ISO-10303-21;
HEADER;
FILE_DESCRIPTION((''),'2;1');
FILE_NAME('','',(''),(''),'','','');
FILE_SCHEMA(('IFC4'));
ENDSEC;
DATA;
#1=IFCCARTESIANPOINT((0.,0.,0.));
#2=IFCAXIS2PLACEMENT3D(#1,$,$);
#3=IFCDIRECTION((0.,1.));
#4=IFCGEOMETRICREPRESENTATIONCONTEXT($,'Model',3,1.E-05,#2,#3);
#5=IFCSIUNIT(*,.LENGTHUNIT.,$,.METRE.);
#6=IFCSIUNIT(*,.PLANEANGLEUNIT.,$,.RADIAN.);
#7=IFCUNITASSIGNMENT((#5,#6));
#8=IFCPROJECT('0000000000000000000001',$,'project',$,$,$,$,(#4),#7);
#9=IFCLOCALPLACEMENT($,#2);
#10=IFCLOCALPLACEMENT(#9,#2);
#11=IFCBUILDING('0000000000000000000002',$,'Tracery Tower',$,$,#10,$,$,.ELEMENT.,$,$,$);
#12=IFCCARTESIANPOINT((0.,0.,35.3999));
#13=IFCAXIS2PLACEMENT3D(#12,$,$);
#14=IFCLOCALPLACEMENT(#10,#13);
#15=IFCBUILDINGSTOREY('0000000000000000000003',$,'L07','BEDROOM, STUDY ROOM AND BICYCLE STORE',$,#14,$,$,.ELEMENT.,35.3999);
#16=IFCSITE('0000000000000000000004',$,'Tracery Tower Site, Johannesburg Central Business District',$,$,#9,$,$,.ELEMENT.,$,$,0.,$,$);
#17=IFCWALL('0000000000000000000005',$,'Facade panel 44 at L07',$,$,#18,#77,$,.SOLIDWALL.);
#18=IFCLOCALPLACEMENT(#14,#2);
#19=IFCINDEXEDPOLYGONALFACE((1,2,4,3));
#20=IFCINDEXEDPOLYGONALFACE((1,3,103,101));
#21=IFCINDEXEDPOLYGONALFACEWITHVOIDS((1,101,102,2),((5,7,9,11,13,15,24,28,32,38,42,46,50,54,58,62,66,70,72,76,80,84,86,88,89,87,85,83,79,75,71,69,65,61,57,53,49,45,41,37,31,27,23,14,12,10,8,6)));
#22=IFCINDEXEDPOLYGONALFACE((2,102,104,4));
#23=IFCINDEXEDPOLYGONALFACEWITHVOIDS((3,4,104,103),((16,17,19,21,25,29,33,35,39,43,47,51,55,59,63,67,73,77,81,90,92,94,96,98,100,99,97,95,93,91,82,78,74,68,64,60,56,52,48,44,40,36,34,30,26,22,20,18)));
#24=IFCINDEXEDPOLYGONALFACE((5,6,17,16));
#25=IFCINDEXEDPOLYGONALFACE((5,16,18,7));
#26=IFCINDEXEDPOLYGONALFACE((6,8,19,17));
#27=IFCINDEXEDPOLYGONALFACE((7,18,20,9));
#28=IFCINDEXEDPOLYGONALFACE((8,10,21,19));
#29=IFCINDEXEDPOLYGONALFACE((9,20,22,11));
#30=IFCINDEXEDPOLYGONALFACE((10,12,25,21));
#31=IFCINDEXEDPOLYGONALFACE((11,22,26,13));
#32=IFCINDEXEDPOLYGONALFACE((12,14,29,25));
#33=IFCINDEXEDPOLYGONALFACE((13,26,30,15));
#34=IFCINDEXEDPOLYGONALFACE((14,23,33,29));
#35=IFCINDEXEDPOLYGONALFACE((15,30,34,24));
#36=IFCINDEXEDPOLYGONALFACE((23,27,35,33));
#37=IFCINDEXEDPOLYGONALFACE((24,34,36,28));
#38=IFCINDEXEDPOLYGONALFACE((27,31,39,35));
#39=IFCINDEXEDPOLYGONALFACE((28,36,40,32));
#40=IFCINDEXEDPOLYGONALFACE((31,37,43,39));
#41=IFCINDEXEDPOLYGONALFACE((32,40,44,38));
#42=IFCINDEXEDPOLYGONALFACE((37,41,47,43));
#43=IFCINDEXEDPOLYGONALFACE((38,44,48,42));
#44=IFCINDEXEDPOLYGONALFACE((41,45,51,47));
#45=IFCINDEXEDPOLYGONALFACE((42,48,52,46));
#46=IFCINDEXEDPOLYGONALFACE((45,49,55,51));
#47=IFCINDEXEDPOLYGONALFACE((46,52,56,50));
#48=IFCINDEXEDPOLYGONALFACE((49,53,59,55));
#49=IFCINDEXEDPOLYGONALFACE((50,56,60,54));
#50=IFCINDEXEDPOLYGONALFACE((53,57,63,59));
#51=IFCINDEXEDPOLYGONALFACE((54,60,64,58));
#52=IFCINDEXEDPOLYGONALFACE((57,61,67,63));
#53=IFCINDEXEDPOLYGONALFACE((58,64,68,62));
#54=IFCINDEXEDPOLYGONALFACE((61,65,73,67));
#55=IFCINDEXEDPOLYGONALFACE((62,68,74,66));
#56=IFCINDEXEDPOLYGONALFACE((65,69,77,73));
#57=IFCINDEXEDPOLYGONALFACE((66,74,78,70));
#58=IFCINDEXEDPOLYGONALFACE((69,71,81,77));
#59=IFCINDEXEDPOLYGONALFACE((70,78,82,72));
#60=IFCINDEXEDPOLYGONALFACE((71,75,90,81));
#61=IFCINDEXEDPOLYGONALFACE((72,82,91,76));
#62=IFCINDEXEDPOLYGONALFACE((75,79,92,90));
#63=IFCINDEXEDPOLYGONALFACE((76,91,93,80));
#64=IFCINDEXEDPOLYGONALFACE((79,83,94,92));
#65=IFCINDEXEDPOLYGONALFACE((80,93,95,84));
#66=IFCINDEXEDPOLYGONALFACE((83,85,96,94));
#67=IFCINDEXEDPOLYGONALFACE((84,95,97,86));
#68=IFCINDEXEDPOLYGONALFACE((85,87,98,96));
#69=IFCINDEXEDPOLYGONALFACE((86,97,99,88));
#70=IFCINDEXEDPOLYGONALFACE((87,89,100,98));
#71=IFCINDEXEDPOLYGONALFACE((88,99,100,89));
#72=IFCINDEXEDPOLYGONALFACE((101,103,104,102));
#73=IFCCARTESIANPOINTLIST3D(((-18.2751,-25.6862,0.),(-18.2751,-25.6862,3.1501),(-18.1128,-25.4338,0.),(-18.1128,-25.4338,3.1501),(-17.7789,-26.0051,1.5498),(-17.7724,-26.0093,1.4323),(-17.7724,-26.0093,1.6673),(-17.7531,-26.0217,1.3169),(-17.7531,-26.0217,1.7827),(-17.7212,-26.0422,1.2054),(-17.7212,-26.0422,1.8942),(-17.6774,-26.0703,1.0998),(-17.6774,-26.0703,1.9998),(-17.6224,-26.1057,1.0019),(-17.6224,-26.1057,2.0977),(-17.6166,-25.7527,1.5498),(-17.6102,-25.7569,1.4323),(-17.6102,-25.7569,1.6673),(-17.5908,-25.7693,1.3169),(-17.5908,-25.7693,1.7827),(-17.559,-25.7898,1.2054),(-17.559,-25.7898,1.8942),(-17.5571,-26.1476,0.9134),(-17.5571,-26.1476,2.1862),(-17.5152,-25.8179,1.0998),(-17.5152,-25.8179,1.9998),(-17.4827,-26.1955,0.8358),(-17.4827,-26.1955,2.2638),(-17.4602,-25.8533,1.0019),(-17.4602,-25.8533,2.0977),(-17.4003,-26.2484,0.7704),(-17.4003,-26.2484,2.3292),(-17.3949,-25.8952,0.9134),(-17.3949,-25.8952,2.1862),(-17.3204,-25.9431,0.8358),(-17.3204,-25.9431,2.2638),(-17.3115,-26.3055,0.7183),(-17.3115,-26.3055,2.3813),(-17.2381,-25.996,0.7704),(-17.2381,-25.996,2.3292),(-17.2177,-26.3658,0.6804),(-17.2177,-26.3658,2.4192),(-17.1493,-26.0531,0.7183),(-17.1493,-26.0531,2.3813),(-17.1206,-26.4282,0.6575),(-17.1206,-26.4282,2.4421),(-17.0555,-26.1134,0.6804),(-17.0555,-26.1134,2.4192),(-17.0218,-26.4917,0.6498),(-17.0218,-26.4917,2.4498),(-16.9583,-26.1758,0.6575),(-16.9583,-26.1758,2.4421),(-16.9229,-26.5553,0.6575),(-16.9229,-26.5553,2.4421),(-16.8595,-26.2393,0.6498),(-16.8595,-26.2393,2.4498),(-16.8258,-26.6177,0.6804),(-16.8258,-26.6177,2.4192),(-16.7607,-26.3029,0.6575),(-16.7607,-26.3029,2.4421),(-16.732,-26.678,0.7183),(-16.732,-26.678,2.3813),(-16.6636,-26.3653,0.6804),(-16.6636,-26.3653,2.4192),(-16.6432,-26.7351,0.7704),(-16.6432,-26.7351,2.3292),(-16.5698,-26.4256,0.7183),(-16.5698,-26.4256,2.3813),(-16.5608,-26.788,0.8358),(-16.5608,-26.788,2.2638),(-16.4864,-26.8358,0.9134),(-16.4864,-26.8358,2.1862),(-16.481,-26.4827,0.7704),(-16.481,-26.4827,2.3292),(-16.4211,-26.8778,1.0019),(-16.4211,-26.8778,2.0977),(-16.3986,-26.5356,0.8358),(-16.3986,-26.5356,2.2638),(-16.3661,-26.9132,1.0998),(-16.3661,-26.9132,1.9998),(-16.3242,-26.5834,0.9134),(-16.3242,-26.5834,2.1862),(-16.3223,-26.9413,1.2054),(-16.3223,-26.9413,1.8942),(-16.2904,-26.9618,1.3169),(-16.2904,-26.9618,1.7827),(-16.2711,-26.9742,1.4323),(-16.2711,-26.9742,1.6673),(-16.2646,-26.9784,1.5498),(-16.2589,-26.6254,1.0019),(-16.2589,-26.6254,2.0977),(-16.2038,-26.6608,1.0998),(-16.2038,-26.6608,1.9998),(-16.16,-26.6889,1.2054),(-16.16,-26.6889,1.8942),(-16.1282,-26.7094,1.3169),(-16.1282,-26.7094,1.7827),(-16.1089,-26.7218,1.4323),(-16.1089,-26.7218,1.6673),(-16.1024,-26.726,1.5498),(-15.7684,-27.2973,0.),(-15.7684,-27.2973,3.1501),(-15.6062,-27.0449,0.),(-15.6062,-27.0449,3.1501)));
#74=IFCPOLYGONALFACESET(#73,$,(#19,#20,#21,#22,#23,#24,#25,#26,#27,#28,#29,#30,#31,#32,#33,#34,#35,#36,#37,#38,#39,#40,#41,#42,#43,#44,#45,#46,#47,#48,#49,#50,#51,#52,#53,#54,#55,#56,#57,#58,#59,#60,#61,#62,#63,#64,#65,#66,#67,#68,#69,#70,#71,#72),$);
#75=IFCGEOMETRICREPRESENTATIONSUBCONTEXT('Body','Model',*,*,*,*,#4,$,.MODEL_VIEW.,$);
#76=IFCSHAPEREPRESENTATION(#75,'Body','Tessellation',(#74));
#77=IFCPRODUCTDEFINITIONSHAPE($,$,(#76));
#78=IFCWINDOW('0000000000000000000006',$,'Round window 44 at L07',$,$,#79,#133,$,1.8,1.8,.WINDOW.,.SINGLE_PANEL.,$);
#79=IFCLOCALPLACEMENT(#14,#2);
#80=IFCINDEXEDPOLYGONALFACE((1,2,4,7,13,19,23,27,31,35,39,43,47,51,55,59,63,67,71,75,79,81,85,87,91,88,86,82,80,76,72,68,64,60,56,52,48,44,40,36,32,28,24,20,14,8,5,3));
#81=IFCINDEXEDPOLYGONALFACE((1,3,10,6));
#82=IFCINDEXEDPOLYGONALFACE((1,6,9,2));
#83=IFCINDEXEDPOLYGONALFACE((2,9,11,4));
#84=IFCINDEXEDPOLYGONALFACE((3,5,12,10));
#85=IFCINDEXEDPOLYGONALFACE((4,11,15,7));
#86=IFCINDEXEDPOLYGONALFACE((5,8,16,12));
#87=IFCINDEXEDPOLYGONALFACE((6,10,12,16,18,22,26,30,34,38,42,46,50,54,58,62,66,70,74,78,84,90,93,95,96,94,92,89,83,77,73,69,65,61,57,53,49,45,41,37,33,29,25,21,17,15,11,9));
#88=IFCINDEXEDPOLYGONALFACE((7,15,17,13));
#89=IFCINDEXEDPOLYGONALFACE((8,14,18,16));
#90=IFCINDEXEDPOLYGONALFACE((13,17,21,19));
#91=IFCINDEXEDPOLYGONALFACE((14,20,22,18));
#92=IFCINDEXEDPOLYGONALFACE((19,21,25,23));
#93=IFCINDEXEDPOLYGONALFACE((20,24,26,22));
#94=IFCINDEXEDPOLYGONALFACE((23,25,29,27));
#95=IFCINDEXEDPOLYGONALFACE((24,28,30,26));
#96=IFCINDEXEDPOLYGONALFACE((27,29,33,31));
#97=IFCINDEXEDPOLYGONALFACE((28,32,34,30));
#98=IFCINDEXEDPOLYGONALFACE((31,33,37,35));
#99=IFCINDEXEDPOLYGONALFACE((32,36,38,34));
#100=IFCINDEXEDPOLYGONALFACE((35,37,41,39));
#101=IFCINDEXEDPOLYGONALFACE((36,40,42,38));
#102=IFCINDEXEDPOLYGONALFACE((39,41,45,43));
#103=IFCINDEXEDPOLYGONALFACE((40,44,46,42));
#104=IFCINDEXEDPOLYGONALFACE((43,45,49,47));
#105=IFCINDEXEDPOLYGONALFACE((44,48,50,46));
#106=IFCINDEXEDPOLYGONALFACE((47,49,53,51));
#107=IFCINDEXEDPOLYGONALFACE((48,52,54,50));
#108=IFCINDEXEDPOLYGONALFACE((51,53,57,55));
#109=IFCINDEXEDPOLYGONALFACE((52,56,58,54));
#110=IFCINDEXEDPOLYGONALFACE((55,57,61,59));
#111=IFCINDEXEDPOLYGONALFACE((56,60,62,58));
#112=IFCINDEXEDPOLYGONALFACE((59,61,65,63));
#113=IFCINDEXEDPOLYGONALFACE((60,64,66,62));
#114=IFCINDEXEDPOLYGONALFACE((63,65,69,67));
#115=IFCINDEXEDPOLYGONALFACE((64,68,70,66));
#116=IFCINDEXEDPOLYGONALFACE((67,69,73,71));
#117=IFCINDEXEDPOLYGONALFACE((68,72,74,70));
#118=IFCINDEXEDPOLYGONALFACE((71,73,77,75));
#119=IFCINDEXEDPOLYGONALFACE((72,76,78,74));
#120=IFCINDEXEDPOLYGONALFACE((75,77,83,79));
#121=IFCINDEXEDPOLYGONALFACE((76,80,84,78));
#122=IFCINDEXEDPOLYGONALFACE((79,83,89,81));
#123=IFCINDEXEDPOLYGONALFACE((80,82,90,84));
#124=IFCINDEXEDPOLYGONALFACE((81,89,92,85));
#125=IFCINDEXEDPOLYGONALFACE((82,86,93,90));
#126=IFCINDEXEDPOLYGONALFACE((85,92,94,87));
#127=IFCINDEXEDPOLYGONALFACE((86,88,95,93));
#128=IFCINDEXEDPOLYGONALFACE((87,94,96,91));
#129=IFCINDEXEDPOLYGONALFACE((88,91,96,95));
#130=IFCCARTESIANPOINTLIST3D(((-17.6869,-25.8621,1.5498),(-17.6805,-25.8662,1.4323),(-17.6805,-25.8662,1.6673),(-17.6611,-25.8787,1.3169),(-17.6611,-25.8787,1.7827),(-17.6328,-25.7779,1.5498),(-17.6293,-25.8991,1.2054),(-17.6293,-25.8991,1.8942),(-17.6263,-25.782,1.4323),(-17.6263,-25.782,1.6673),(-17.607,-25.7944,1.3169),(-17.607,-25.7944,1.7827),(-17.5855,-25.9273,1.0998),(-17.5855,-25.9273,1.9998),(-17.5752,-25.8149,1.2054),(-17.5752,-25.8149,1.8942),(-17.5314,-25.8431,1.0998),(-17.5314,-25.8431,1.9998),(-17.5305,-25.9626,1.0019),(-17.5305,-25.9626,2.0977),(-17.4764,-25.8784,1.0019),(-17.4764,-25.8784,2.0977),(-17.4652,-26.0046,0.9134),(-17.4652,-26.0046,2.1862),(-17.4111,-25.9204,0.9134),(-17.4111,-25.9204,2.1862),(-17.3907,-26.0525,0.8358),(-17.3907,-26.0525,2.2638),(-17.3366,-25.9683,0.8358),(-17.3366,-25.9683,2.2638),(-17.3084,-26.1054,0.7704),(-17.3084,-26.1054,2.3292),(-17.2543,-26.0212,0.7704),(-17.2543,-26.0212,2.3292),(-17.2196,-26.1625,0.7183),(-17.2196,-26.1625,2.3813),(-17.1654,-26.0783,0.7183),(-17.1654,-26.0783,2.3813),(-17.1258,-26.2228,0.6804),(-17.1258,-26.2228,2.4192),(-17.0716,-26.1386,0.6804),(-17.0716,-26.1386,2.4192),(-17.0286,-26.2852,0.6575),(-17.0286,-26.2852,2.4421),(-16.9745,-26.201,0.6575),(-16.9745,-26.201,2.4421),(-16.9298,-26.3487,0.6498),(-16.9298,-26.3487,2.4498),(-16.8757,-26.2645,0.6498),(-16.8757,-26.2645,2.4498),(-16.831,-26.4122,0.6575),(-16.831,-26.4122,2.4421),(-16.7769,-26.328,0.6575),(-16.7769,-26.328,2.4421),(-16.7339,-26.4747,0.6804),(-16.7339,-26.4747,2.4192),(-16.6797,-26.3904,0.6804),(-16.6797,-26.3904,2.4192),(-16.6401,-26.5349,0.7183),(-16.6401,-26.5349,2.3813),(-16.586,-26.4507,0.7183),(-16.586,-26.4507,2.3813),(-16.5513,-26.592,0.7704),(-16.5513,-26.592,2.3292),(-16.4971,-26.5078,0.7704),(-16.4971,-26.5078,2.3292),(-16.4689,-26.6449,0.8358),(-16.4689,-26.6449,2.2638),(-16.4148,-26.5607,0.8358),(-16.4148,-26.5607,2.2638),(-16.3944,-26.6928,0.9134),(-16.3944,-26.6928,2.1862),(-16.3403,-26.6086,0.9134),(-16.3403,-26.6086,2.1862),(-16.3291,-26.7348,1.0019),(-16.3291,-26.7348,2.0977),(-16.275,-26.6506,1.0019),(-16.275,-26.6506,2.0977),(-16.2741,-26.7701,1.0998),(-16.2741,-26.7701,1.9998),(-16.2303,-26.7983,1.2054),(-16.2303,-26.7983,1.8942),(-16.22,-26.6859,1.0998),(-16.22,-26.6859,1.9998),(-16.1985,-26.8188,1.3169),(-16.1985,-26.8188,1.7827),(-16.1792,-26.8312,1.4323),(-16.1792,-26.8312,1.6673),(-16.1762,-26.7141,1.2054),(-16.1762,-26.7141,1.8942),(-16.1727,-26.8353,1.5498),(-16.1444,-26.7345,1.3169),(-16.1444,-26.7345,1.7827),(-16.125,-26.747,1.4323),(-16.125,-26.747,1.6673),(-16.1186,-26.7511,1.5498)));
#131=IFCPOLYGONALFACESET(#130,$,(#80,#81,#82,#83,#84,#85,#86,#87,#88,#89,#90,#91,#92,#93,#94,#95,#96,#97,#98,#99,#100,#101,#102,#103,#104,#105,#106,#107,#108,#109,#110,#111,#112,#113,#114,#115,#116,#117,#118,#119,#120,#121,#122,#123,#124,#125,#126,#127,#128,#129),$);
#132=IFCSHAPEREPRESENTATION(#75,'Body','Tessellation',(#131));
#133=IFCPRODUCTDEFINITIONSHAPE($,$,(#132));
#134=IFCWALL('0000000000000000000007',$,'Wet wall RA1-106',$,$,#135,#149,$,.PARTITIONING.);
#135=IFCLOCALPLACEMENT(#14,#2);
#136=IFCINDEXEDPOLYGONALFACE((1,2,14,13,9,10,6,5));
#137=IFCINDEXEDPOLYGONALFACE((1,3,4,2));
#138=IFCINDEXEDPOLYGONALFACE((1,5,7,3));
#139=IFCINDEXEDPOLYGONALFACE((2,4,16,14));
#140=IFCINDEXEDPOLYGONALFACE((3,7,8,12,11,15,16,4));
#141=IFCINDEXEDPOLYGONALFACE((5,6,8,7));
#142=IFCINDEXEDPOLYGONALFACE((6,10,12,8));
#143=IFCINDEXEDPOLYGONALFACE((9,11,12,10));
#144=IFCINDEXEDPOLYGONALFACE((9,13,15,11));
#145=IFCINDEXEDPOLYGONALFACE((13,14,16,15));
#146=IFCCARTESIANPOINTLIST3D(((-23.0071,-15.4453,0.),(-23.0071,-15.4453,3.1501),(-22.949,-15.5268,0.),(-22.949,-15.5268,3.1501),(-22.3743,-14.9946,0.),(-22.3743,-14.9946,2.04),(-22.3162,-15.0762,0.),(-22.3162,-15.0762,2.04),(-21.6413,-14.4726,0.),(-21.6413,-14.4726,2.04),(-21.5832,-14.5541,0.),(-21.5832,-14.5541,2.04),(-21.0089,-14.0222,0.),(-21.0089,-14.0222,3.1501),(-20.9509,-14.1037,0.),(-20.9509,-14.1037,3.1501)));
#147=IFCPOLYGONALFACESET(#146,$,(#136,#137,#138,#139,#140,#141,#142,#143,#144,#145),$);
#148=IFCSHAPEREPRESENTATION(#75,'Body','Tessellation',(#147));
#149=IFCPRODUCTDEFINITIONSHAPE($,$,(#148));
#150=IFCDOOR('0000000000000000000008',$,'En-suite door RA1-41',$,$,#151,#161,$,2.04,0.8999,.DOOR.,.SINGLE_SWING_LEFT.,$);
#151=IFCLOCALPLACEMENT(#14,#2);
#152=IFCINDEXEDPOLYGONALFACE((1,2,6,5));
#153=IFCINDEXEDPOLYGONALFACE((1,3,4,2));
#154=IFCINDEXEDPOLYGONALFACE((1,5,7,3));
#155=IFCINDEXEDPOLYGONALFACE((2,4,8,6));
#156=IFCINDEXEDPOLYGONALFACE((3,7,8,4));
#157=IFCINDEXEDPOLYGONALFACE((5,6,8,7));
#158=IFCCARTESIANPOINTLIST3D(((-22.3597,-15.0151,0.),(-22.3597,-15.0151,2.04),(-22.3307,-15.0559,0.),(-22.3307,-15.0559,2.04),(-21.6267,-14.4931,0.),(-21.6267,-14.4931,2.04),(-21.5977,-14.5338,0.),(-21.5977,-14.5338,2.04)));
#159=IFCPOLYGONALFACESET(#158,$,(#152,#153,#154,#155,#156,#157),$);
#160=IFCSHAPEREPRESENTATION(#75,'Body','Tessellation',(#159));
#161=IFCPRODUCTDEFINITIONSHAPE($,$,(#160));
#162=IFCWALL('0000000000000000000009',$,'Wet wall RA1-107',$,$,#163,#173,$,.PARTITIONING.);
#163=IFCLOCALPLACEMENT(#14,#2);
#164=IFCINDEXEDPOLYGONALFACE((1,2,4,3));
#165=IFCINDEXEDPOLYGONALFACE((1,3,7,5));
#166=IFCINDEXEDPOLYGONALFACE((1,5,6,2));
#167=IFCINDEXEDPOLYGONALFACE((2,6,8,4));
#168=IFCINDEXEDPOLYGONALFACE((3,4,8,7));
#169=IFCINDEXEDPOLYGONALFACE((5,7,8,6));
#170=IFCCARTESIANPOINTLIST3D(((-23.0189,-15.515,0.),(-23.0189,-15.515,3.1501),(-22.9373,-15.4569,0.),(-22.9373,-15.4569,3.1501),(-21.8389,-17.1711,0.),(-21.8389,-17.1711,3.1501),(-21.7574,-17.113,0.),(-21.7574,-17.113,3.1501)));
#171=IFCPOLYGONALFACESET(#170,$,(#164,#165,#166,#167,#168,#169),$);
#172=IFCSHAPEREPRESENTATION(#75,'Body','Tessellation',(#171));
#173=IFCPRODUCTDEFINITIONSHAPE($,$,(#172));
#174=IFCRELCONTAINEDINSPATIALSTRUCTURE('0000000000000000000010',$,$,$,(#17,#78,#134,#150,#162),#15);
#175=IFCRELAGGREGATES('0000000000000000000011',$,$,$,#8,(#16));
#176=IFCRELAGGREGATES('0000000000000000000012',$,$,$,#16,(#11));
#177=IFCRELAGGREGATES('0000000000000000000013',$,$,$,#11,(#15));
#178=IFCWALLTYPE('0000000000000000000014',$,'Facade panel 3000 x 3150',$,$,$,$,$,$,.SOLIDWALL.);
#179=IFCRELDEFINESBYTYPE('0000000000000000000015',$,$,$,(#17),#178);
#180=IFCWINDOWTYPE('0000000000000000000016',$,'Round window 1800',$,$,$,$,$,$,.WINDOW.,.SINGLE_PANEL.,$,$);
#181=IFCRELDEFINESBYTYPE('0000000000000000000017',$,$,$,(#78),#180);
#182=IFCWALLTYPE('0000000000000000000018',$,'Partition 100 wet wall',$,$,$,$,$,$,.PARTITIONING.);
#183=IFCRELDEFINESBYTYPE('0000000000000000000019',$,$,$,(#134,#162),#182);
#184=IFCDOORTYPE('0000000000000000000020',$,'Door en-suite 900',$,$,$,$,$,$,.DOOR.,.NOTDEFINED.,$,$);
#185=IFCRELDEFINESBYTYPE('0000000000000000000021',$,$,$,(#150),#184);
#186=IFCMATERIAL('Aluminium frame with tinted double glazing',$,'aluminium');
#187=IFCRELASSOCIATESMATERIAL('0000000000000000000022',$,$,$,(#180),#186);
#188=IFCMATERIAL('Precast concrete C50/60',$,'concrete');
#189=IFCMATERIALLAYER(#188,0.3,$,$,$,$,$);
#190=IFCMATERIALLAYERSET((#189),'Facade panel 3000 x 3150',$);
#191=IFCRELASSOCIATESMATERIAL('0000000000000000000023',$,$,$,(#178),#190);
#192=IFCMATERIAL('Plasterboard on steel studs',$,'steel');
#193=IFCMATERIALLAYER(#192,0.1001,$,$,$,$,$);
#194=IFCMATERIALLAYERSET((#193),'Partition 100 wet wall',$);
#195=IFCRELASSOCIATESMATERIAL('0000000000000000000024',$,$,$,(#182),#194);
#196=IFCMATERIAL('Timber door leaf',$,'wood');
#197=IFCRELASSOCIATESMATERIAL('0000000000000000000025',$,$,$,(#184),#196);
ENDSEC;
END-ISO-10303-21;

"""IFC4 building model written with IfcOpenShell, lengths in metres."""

from ifc_helpers import new_model, si_unit, direction, frame, frame_2d, origin, origin_2d, place, context, subcontext, project, spatial, rectangle, circle, extrude, material, layer, layer_set, type_object, element, fill, save


model = new_model("IFC4")

# Units and contexts
model_context = context("Model", 3, precision=1e-05, world=origin(), true_north=direction((0.0, 1.0)))
body_context = subcontext(model_context, "Body", "Model", "MODEL_VIEW")
ifc_project = project(units=[si_unit("LENGTHUNIT", "METRE"), si_unit("PLANEANGLEUNIT", "RADIAN")], contexts=[model_context])

# Site, building, storey
site_placement = place(None, origin())
site = spatial("IfcSite", under=ifc_project, at=site_placement, Name="Tracery Tower Site, Johannesburg Central Business District", CompositionType="ELEMENT", RefElevation=0.0)
building_placement = place(site_placement, origin())
building = spatial("IfcBuilding", under=site, at=building_placement, Name="Tracery Tower", CompositionType="ELEMENT")
storey_placement = place(building_placement, frame((0.0, 0.0, 35.3999)))
storey = spatial("IfcBuildingStorey", under=building, at=storey_placement, Name="L07", Description="BEDROOM, STUDY ROOM AND BICYCLE STORE", CompositionType="ELEMENT", Elevation=35.3999)

# Wall, opening, window
ifc_material_1 = material(Name="Aluminium frame with tinted double glazing", Category="aluminium")
window_type = type_object("IfcWindowType", Name="Round window 1800", PartitioningType="SINGLE_PANEL", PredefinedType="WINDOW", material=ifc_material_1)
ifc_material_2 = material(Name="Precast concrete C50/60", Category="concrete")
ifc_layer_1 = layer(ifc_material_2, 0.3)
ifc_layer_set_1 = layer_set([ifc_layer_1], Name="Facade panel 3000 x 3150")
wall_type_1 = type_object("IfcWallType", Name="Facade panel 3000 x 3150", PredefinedType="SOLIDWALL", material=ifc_layer_set_1)
wall_1_placement = place(storey_placement, frame((-18.1938, -25.5601, 0.0), z_axis=(0.0, 0.0, 1.0), x_axis=(0.841224, -0.540687, 0.0)))
wall_1 = element("IfcWall", 1, at=wall_1_placement, inside=storey, type_object=wall_type_1, Name="Facade panel 44 at L07", PredefinedType="SOLIDWALL", context=body_context, shape_type="SweptSolid", body=[
    extrude(rectangle(XDim=2.9797, YDim=0.3, at=frame_2d((1.4897, 0.0))), origin(), (0.0, 0.0, 1.0), 3.1501),
])
opening_1_placement = place(wall_1_placement, frame((1.4897, 0.0, 1.5498)))
opening_1 = element("IfcOpeningElement", 2, at=opening_1_placement, cuts=wall_1, PredefinedType="OPENING", context=body_context, shape_type="SweptSolid", body=[
    extrude(circle(Radius=0.9, at=origin_2d()), frame((0.0, 0.1599, 0.0), z_axis=(0.0, -1.0, 0.0), x_axis=(1.0, 0.0, 0.0)), (0.0, 0.0, 1.0), 0.3201),
])
window_1_placement = place(opening_1_placement, origin())
window_1 = element("IfcWindow", 3, at=window_1_placement, inside=storey, type_object=window_type, Name="Round window 44 at L07", OverallHeight=1.8, OverallWidth=1.8, PartitioningType="SINGLE_PANEL", PredefinedType="WINDOW", context=body_context, shape_type="SweptSolid", body=[
    extrude(circle(Radius=0.9, at=origin_2d()), frame((0.0, 0.1201, 0.0), z_axis=(0.0, -1.0, 0.0), x_axis=(1.0, 0.0, 0.0)), (0.0, 0.0, 1.0), 0.1001),
])
fill(opening_1, window_1)

# Wall, opening, door
ifc_material_3 = material(Name="Plasterboard on steel studs", Category="steel")
ifc_layer_2 = layer(ifc_material_3, 0.1001)
ifc_layer_set_2 = layer_set([ifc_layer_2], Name="Partition 100 wet wall")
wall_type_2 = type_object("IfcWallType", Name="Partition 100 wet wall", PredefinedType="PARTITIONING", material=ifc_layer_set_2)
wall_2_placement = place(storey_placement, frame((-22.978, -15.4861, 0.0), z_axis=(0.0, 0.0, 1.0), x_axis=(0.81452, 0.580136, 0.0)))
wall_2 = element("IfcWall", 4, at=wall_2_placement, inside=storey, type_object=wall_type_2, Name="Wet wall RA1-106", PredefinedType="PARTITIONING", context=body_context, shape_type="SweptSolid", body=[
    extrude(rectangle(XDim=2.4531, YDim=0.1001, at=frame_2d((1.2266, 0.0))), origin(), (0.0, 0.0, 1.0), 3.1501),
])
opening_2_placement = place(wall_2_placement, frame((0.7769, 0.0, 0.0)))
opening_2 = element("IfcOpeningElement", 5, at=opening_2_placement, cuts=wall_2, PredefinedType="OPENING", context=body_context, shape_type="SweptSolid", body=[
    extrude(rectangle(XDim=0.8999, YDim=2.04, at=frame_2d((0.45, 1.02))), frame((0.0, 0.05, 0.0), z_axis=(0.0, -1.0, 0.0), x_axis=(1.0, 0.0, 0.0)), (0.0, 0.0, 1.0), 0.1001),
])
ifc_material_4 = material(Name="Timber door leaf", Category="wood")
door_type_1 = type_object("IfcDoorType", Name="Door en-suite 900", OperationType="NOTDEFINED", PredefinedType="DOOR", material=ifc_material_4)
door_1_placement = place(opening_2_placement, origin())
door_1 = element("IfcDoor", 6, at=door_1_placement, inside=storey, type_object=door_type_1, Name="En-suite door RA1-41", OperationType="SINGLE_SWING_LEFT", OverallHeight=2.04, OverallWidth=0.8999, PredefinedType="DOOR", context=body_context, shape_type="SweptSolid", body=[
    extrude(rectangle(XDim=0.8999, YDim=2.04, at=frame_2d((0.45, 1.02))), frame((0.0, 0.0249, 0.0), z_axis=(0.0, -1.0, 0.0), x_axis=(1.0, 0.0, 0.0)), (0.0, 0.0, 1.0), 0.05),
])
fill(opening_2, door_1)

# Wall
wall_3_placement = place(storey_placement, frame((-22.978, -15.4861, 0.0), z_axis=(0.0, 0.0, 1.0), x_axis=(0.580284, -0.814414, 0.0)))
element("IfcWall", 7, at=wall_3_placement, inside=storey, type_object=wall_type_2, Name="Wet wall RA1-107", PredefinedType="PARTITIONING", context=body_context, shape_type="SweptSolid", body=[
    extrude(rectangle(XDim=2.0334, YDim=0.1001, at=frame_2d((1.0166, 0.0))), origin(), (0.0, 0.0, 1.0), 3.1501),
])

save(model, "model.ifc")
